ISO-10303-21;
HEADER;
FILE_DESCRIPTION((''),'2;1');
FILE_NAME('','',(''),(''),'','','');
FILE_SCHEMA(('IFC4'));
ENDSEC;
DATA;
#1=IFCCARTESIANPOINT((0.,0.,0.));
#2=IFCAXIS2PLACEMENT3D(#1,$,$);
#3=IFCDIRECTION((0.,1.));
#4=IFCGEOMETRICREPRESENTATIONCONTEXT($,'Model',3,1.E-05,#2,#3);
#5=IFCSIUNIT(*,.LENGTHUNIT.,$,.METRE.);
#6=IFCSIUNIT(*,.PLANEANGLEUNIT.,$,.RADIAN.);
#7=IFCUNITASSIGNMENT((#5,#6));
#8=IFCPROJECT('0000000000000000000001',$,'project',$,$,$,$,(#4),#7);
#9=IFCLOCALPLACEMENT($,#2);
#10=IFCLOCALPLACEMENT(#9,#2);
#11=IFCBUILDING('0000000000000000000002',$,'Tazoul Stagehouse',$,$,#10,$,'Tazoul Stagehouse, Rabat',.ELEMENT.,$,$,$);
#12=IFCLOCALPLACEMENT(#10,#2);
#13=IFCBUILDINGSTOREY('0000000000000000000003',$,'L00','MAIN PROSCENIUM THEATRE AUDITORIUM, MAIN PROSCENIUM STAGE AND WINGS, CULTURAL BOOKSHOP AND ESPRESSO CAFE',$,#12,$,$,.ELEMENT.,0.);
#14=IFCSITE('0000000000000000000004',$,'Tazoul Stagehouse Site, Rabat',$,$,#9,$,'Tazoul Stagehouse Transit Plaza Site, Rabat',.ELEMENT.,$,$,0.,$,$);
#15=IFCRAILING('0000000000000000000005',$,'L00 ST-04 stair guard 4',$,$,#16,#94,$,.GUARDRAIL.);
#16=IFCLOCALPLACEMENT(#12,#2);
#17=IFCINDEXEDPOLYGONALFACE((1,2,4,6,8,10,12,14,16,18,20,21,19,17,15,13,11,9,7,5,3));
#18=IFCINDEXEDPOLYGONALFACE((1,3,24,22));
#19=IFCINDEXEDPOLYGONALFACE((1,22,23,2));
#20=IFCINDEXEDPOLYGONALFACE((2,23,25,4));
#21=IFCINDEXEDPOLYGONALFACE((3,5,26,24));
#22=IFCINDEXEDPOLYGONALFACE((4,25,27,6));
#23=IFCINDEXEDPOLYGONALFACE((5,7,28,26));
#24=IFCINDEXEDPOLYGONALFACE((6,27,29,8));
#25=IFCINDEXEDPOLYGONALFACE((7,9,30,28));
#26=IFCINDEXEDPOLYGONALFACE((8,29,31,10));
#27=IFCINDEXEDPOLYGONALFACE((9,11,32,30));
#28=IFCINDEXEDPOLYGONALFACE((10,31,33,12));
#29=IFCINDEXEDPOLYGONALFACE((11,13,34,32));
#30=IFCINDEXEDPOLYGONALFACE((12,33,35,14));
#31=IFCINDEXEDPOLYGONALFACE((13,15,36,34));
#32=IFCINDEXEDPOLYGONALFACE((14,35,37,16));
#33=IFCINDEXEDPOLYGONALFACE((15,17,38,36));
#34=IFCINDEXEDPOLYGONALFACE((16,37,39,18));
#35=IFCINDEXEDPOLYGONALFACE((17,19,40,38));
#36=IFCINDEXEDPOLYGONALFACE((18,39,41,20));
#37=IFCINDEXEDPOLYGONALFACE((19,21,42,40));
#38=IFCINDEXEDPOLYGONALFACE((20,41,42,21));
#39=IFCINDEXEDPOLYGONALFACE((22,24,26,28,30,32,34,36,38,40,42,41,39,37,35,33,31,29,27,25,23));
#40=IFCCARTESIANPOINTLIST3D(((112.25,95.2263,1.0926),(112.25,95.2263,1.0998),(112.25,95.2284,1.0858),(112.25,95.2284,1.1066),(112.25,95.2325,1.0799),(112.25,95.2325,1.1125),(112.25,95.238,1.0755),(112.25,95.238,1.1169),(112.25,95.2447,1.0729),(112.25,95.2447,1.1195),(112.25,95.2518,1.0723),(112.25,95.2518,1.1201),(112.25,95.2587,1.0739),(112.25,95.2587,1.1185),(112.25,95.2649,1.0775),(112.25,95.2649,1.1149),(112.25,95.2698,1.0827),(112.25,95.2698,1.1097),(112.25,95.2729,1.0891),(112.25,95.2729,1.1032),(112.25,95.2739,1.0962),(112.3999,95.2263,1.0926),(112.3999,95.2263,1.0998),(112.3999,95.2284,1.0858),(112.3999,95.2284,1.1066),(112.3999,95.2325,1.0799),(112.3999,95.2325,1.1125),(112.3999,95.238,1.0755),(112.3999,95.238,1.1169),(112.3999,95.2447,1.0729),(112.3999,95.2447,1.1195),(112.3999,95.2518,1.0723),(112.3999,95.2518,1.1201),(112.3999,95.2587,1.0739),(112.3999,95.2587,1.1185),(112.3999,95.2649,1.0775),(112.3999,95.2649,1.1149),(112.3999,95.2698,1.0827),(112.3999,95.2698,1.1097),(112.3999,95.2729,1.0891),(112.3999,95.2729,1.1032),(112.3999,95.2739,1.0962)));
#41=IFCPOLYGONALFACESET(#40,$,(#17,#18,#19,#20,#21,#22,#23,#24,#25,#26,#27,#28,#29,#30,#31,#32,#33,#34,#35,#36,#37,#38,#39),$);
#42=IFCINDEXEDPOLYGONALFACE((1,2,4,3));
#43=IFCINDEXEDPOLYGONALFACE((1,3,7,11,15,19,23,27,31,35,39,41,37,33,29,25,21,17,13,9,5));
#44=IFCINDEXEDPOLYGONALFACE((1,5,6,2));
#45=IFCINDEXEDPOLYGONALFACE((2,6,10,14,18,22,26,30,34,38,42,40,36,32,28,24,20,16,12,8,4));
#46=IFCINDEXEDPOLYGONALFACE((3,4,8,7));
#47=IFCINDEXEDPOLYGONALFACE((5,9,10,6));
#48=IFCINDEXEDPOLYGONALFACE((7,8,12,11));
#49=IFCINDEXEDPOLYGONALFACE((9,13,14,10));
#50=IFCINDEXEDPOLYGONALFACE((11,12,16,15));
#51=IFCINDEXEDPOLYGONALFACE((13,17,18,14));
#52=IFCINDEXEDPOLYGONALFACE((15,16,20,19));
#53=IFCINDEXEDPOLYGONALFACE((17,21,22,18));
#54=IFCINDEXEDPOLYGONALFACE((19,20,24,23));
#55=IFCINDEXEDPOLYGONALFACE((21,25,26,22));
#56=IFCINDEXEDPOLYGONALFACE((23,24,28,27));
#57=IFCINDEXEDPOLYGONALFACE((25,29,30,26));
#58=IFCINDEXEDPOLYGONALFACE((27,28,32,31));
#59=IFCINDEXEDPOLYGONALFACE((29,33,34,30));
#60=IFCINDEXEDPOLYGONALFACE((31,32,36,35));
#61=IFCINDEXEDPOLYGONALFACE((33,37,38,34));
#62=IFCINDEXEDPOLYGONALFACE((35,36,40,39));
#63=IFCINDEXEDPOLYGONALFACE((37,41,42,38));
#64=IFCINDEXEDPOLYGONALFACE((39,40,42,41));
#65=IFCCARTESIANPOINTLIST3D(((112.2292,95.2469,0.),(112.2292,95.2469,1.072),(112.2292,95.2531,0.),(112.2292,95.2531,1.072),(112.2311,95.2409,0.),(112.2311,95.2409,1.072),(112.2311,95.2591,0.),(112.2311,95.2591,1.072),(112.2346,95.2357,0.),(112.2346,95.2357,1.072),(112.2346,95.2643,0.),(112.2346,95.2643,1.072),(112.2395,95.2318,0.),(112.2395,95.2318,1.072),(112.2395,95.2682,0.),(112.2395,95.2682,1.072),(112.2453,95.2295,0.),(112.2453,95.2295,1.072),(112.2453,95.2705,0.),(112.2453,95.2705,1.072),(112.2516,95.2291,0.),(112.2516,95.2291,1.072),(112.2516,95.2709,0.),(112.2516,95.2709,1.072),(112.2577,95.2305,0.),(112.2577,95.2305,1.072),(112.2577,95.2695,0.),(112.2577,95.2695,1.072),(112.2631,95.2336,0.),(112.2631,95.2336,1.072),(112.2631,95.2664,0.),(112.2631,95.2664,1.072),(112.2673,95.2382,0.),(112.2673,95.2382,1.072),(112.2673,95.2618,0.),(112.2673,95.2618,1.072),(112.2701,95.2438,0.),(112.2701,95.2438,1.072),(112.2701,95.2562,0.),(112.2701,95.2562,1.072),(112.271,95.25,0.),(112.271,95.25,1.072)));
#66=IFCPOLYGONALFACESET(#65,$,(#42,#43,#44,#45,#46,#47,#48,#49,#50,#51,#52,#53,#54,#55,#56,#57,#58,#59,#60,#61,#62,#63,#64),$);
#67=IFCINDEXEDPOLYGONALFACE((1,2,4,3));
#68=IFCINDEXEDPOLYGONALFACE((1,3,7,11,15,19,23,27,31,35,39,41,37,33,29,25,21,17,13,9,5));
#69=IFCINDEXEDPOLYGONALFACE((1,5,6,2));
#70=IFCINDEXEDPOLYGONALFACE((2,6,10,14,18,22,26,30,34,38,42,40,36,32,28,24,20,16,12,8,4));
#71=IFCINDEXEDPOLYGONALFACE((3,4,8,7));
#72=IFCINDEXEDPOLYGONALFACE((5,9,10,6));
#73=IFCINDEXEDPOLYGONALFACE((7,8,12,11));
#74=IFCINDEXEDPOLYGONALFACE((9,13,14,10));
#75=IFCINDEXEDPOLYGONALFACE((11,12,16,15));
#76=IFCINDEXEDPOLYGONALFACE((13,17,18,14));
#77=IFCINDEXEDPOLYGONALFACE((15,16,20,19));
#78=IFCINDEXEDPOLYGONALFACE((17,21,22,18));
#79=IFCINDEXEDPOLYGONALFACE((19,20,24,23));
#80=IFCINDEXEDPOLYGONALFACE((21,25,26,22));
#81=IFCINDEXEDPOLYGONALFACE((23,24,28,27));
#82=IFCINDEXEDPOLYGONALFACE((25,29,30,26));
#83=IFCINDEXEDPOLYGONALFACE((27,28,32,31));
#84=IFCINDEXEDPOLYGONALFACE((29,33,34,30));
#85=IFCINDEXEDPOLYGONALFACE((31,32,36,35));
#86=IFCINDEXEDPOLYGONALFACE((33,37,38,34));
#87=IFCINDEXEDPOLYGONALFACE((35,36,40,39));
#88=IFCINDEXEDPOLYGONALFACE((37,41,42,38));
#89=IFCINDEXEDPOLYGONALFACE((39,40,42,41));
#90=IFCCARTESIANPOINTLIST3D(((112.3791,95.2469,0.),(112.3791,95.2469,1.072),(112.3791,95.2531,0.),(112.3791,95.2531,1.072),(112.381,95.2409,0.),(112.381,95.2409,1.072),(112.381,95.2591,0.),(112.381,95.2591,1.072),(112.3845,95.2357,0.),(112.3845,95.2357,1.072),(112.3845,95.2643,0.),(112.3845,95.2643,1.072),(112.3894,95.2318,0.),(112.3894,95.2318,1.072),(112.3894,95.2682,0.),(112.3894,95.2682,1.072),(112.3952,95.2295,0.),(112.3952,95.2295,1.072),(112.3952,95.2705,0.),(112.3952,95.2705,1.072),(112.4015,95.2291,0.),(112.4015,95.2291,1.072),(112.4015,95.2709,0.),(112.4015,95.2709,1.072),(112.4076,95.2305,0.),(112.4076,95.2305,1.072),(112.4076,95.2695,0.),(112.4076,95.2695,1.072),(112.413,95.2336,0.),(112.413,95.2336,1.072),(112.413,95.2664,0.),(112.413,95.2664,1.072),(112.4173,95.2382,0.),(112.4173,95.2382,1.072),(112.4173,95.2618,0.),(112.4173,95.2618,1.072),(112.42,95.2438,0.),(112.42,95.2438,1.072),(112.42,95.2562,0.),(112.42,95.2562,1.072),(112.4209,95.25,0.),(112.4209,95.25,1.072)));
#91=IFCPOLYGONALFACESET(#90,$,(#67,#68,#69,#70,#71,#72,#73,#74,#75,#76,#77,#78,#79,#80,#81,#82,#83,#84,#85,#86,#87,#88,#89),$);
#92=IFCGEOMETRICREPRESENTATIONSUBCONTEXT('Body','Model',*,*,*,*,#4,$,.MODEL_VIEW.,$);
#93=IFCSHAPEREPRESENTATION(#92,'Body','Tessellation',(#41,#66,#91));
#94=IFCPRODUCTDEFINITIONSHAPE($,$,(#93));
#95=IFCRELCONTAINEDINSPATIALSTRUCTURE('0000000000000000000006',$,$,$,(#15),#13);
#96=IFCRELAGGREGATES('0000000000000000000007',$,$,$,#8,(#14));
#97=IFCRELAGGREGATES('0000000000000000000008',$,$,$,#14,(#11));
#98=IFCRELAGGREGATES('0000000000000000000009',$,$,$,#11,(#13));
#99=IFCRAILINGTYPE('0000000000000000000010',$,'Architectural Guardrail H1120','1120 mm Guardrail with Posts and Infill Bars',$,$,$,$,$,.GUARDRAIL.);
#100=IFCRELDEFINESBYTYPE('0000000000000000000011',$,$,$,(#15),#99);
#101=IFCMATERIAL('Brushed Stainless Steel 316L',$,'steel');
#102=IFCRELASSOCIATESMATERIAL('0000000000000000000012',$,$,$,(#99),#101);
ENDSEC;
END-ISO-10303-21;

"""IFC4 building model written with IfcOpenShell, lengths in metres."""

from ifc_helpers import new_model, si_unit, direction, frame, origin, origin_2d, place, context, subcontext, project, spatial, circle, extrude, material, material_profile, profile_set, type_object, element, save


model = new_model("IFC4")

# Units and contexts
model_context = context("Model", 3, precision=1e-05, world=origin(), true_north=direction((0.0, 1.0)))
body_context = subcontext(model_context, "Body", "Model", "MODEL_VIEW")
ifc_project = project(units=[si_unit("LENGTHUNIT", "METRE"), si_unit("PLANEANGLEUNIT", "RADIAN")], contexts=[model_context])

# Site, building, storey
site_placement = place(None, origin())
site = spatial("IfcSite", under=ifc_project, at=site_placement, Name="Tazoul Stagehouse Site, Rabat", LongName="Tazoul Stagehouse Transit Plaza Site, Rabat", CompositionType="ELEMENT", RefElevation=0.0)
building_placement = place(site_placement, origin())
building = spatial("IfcBuilding", under=site, at=building_placement, Name="Tazoul Stagehouse", LongName="Tazoul Stagehouse, Rabat", CompositionType="ELEMENT")
storey_placement = place(building_placement, origin())
storey = spatial("IfcBuildingStorey", under=building, at=storey_placement, Name="L00", Description="MAIN PROSCENIUM THEATRE AUDITORIUM, MAIN PROSCENIUM STAGE AND WINGS, CULTURAL BOOKSHOP AND ESPRESSO CAFE", CompositionType="ELEMENT", Elevation=0.0)

# Railing
ifc_material_1 = material(Name="Brushed Stainless Steel 316L", Category="steel")
ifc_material_profile_1 = material_profile(ifc_material_1, circle(Radius=0.0239, at=origin_2d()), Name="SS RAIL D48")
ifc_profile_set_1 = profile_set([ifc_material_profile_1], Name="Brushed Stainless Steel 316L")
railing_type_1 = type_object("IfcRailingType", Name="Architectural Guardrail H1120", Description="1120 mm Guardrail with Posts and Infill Bars", PredefinedType="GUARDRAIL", material=ifc_profile_set_1)
railing_1_placement = place(storey_placement, frame((112.25, 95.25, 0.0)))
element("IfcRailing", 1, at=railing_1_placement, inside=storey, type_object=railing_type_1, Name="L00 ST-04 stair guard 4", PredefinedType="GUARDRAIL", context=body_context, shape_type="SweptSolid", body=[
    extrude(circle(Radius=0.0239, at=origin_2d()), frame((0.0, 0.0, 1.0962), z_axis=(1.0, 0.0, 0.0), x_axis=(0.0, 1.0, 0.0)), (0.0, 0.0, 1.0), 0.1499),
    extrude(circle(Radius=0.021, at=origin_2d()), origin(), (0.0, 0.0, 1.0), 1.072),
    extrude(circle(Radius=0.021, at=origin_2d()), frame((0.1499, 0.0, 0.0)), (0.0, 0.0, 1.0), 1.072),
])

save(model, "model.ifc")
